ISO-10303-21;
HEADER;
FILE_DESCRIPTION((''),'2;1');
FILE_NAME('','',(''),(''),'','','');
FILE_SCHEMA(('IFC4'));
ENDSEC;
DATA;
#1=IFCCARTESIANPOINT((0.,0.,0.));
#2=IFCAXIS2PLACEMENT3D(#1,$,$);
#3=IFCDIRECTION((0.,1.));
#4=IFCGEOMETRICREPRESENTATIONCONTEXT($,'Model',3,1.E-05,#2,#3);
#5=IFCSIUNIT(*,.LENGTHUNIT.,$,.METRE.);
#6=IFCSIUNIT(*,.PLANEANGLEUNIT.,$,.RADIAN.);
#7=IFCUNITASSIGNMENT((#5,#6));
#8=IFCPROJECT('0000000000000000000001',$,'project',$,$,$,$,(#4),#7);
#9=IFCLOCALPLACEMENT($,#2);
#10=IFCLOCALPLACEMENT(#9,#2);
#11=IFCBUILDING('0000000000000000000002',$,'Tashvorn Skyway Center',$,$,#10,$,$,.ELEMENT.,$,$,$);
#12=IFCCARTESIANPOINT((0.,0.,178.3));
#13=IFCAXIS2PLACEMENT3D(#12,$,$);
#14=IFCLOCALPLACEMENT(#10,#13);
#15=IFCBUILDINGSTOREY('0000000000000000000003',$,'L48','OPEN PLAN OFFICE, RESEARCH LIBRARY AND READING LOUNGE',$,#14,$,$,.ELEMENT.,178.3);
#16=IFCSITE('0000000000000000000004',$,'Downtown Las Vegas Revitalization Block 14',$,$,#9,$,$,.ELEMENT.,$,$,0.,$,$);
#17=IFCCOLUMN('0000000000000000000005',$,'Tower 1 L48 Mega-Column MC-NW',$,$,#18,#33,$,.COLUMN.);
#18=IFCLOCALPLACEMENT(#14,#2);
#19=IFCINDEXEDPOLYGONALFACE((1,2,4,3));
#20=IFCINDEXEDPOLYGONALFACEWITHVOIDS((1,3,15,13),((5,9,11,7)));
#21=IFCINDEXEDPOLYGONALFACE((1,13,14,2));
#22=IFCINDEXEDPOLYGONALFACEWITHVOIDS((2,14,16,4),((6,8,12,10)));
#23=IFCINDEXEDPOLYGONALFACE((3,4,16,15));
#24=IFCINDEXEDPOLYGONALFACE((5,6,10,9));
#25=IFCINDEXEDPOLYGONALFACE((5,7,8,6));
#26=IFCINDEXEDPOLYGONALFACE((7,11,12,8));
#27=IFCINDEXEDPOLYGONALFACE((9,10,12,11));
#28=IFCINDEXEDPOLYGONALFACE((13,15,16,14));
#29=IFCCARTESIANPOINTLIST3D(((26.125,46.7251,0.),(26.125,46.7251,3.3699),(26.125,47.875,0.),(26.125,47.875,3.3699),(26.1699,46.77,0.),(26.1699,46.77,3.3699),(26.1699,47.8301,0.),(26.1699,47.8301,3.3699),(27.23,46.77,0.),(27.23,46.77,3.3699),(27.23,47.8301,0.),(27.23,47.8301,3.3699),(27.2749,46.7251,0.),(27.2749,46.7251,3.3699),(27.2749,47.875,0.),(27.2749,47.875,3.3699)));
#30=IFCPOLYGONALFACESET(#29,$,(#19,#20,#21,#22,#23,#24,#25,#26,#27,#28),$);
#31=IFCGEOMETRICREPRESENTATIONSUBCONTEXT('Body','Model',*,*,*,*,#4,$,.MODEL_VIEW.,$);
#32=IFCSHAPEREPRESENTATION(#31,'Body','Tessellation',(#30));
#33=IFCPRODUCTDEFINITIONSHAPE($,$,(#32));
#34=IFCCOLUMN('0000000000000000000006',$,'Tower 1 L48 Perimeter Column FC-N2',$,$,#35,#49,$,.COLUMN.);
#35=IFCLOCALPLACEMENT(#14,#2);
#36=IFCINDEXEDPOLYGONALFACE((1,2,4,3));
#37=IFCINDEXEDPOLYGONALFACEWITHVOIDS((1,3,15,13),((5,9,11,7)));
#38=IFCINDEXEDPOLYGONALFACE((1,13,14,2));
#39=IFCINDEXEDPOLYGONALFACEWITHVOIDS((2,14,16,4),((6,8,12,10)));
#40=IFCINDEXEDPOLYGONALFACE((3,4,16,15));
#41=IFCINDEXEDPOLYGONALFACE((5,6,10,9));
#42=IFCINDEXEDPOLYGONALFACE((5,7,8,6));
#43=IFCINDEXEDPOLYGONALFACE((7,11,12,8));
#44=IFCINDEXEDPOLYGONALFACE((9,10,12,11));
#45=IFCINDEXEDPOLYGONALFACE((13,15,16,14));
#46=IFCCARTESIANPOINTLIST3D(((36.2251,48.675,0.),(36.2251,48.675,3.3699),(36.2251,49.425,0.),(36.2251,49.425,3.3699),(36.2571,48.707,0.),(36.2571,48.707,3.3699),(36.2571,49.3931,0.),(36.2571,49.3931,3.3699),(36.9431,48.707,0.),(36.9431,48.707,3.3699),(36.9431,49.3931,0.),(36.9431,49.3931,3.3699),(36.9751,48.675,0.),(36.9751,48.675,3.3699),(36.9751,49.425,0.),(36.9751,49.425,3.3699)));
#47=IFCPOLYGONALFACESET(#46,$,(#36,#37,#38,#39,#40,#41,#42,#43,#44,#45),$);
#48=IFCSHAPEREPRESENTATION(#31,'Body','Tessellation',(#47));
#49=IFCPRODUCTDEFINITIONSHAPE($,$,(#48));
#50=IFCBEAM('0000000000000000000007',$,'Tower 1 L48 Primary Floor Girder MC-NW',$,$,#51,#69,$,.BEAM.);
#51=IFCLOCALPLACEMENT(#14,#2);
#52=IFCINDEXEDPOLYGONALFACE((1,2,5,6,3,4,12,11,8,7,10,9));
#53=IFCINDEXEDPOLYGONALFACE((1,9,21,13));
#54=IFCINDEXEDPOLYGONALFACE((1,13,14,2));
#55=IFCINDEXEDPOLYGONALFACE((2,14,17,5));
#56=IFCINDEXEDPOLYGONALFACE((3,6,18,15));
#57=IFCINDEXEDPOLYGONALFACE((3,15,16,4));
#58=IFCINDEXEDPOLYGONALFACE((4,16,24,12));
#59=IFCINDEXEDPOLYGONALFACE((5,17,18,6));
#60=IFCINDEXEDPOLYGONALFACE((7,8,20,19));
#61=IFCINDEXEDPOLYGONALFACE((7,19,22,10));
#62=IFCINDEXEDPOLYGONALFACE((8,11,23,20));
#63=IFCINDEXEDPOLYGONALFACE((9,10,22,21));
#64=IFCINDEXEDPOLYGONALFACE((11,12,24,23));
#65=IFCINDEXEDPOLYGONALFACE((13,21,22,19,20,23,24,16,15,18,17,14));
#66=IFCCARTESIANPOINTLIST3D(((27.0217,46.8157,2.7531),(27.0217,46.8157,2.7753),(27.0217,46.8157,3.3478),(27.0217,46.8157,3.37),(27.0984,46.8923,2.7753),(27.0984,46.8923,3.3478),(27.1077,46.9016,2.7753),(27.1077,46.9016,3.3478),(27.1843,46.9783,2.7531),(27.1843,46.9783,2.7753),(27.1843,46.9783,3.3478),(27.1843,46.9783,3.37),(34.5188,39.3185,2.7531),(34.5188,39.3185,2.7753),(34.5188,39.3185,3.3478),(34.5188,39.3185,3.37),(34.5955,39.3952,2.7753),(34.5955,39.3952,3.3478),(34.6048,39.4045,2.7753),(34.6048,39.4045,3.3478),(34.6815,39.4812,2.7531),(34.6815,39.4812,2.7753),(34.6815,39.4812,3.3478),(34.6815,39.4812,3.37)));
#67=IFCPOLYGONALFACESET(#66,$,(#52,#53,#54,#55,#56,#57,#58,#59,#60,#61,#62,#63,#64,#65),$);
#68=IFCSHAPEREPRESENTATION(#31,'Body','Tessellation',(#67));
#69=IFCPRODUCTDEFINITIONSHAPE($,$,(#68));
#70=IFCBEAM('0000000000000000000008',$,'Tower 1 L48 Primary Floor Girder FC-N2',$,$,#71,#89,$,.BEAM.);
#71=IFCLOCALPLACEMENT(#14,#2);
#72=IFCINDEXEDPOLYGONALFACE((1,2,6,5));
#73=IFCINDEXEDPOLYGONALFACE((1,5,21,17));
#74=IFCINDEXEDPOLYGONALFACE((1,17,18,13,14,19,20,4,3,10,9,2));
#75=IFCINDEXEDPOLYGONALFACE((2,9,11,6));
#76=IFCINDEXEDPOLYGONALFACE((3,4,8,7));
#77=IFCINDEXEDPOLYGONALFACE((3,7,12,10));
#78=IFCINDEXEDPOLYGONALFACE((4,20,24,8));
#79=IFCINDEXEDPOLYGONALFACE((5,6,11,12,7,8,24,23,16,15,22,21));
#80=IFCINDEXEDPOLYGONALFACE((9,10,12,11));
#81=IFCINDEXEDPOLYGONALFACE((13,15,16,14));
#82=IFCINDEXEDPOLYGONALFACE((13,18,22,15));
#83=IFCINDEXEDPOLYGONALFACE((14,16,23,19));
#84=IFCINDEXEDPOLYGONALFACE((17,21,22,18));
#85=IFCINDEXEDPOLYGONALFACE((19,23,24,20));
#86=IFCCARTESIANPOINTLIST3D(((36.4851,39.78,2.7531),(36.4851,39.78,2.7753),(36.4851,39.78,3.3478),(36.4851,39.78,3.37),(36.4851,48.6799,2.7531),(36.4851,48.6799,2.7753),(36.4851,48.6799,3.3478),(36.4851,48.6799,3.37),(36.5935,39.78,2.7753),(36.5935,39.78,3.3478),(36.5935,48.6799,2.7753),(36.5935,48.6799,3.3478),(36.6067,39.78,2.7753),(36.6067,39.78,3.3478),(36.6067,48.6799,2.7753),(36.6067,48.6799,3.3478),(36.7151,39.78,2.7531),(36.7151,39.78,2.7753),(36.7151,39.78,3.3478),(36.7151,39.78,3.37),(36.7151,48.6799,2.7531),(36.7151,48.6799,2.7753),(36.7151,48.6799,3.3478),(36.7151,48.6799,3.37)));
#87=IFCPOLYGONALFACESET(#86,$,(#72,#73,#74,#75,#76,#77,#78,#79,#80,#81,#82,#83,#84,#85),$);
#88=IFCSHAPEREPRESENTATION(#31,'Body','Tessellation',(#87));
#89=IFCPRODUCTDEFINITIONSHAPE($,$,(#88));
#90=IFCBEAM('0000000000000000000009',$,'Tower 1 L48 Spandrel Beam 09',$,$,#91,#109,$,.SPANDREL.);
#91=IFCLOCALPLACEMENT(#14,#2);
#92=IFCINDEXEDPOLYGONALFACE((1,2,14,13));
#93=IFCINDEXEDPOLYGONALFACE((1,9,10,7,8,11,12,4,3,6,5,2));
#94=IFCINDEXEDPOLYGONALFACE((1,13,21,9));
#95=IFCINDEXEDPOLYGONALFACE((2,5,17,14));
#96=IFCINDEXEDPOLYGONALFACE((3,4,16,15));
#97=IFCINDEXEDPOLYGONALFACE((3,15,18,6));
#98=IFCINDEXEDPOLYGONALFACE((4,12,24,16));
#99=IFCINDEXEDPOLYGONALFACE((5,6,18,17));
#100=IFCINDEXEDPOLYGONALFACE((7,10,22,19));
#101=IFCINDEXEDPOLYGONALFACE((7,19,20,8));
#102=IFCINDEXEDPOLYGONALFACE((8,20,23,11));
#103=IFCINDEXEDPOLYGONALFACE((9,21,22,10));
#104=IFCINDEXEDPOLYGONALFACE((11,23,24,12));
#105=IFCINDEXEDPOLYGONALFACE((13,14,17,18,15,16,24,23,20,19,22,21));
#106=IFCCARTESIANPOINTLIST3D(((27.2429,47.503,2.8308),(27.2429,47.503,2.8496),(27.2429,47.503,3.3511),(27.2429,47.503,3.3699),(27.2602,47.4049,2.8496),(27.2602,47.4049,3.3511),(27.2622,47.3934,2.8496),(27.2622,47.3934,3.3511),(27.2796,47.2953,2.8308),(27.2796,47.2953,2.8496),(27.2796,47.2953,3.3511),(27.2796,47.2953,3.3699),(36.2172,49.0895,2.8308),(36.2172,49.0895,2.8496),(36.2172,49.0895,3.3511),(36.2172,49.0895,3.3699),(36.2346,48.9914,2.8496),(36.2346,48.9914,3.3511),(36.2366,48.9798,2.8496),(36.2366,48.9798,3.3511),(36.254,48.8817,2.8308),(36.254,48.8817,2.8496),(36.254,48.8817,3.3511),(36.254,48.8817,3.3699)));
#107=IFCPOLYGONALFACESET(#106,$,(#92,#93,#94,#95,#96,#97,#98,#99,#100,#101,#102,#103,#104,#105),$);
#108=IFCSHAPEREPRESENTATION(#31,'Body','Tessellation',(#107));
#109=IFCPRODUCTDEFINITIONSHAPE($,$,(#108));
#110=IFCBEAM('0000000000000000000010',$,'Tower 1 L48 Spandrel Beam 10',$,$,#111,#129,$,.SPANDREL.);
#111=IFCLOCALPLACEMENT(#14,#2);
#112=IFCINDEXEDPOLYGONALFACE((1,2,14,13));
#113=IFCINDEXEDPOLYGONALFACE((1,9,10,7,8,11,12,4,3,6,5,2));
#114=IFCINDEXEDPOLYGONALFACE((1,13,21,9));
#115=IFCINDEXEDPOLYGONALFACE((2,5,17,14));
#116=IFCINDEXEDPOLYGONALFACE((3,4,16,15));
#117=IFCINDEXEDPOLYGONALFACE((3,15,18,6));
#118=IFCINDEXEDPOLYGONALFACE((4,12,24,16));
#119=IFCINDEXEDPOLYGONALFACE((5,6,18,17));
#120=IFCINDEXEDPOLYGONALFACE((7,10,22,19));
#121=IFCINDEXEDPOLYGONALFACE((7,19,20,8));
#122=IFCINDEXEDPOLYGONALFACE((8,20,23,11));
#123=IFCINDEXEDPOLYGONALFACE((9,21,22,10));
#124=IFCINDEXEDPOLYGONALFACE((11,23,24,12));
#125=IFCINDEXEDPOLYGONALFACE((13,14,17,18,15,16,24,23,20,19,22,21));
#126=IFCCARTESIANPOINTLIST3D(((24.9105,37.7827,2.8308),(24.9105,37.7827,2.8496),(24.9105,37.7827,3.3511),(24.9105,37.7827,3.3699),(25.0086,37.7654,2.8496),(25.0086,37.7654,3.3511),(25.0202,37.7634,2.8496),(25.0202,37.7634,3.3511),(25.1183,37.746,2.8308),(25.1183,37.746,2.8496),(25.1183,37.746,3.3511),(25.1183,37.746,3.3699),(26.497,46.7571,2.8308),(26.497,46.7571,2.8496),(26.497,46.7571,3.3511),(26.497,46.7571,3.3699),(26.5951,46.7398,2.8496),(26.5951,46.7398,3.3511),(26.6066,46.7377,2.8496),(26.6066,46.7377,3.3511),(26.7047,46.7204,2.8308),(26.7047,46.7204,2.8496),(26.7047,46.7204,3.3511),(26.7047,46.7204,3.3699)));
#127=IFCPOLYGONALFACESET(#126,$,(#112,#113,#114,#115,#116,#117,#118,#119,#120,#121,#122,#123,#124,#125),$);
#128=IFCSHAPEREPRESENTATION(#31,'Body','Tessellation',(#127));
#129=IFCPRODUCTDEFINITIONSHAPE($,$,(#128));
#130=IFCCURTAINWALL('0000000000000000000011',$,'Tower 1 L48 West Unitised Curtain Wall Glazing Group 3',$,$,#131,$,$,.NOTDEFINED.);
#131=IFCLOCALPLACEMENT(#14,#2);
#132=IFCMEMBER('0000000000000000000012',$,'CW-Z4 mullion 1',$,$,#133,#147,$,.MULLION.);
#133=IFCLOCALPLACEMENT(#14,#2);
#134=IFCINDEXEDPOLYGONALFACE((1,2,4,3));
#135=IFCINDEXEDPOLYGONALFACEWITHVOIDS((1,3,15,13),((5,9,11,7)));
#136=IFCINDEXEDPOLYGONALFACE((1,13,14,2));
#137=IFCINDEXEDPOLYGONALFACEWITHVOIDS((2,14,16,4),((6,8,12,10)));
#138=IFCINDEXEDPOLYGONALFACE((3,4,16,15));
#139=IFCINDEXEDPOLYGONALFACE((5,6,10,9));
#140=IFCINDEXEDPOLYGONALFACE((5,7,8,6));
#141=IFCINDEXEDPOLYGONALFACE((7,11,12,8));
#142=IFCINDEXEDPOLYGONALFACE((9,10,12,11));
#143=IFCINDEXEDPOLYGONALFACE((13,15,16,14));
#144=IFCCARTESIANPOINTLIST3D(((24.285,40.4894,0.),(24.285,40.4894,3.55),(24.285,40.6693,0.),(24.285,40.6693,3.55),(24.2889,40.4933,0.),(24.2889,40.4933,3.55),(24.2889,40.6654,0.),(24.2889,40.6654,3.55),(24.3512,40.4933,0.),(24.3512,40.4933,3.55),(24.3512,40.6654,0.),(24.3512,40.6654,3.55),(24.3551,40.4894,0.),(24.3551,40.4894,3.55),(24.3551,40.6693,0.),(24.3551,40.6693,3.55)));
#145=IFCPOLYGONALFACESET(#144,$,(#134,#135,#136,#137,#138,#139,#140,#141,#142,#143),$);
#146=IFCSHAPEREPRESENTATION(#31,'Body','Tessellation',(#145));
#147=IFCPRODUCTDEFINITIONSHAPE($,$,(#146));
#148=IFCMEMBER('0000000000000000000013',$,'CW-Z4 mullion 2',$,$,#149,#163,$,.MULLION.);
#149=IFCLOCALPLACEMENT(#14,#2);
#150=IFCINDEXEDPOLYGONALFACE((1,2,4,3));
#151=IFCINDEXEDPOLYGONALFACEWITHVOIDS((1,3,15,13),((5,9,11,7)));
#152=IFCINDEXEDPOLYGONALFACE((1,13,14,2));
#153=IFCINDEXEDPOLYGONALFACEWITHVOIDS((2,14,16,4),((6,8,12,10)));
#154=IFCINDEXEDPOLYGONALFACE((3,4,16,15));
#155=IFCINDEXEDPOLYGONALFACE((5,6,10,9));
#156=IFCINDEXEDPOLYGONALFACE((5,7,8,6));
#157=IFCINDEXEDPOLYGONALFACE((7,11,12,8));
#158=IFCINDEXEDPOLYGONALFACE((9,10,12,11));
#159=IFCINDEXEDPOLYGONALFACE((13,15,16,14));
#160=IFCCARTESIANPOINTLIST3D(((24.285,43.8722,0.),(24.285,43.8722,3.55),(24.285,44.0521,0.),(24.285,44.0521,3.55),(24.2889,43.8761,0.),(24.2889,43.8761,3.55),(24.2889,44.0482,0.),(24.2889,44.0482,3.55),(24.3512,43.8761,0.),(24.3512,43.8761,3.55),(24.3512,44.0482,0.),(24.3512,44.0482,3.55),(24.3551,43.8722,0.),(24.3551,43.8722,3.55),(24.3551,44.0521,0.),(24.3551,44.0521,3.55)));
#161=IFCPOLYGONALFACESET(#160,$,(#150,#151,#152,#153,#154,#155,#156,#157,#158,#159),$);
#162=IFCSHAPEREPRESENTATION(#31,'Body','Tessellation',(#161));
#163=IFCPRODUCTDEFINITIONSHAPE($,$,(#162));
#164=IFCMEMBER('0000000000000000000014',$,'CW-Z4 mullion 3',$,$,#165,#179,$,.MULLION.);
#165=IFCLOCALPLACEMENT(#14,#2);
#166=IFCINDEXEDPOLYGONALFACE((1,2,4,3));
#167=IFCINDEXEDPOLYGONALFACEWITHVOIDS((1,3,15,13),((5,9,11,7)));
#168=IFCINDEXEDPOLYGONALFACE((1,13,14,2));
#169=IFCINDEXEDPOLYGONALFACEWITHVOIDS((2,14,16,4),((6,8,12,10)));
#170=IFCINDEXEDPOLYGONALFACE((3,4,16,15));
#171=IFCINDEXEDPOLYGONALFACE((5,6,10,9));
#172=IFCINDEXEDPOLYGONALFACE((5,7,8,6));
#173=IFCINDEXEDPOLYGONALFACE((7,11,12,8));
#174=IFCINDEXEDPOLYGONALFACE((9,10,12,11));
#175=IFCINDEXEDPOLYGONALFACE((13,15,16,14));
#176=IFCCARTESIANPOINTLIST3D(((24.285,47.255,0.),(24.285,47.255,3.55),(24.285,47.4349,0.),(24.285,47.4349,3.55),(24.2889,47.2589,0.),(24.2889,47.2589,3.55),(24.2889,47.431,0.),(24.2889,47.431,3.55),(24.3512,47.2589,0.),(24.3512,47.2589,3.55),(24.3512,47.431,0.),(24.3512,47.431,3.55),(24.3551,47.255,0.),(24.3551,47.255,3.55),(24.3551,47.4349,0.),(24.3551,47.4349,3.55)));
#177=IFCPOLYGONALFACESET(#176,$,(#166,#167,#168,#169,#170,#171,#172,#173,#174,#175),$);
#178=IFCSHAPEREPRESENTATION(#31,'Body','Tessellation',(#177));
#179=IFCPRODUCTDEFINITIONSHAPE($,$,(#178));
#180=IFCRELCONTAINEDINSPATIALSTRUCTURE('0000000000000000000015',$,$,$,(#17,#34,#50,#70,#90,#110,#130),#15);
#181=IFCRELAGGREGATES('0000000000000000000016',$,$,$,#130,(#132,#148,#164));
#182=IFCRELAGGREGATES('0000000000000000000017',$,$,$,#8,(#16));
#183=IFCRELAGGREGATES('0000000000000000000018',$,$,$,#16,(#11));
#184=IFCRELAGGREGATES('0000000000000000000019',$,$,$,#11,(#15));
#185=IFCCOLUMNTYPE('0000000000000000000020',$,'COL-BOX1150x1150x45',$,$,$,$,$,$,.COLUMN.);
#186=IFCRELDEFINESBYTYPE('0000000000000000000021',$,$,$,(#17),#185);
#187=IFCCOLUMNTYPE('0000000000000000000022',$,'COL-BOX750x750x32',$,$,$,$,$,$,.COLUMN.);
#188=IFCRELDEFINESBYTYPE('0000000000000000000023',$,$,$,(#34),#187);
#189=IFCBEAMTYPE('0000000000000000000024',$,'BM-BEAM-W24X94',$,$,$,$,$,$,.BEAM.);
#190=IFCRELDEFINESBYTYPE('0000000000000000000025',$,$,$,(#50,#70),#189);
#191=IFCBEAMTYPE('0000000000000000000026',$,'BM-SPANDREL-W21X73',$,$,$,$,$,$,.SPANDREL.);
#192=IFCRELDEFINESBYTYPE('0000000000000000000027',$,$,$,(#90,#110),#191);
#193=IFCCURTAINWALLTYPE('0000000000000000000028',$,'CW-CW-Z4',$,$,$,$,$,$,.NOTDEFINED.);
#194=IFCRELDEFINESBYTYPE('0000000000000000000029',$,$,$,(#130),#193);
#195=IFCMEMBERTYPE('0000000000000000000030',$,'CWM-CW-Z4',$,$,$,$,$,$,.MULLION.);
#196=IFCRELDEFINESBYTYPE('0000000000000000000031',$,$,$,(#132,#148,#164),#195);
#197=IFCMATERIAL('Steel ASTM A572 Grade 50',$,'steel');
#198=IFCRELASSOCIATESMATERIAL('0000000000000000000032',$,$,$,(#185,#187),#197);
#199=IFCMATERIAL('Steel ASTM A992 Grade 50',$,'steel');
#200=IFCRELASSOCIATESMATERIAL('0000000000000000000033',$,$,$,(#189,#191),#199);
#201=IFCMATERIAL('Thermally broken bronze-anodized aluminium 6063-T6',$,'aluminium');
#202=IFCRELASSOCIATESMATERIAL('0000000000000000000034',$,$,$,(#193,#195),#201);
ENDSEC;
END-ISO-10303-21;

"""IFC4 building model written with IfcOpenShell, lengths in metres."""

from ifc_helpers import new_model, si_unit, direction, frame, origin, origin_2d, place, context, subcontext, project, spatial, hollow_rectangle, i_section, extrude, material, material_profile, profile_set, type_object, element, aggregate, save


model = new_model("IFC4")

# Units and contexts
model_context = context("Model", 3, precision=1e-05, world=origin(), true_north=direction((0.0, 1.0)))
body_context = subcontext(model_context, "Body", "Model", "MODEL_VIEW")
ifc_project = project(units=[si_unit("LENGTHUNIT", "METRE"), si_unit("PLANEANGLEUNIT", "RADIAN")], contexts=[model_context])

# Site, building, storey
site_placement = place(None, origin())
site = spatial("IfcSite", under=ifc_project, at=site_placement, Name="Downtown Las Vegas Revitalization Block 14", CompositionType="ELEMENT", RefElevation=0.0)
building_placement = place(site_placement, origin())
building = spatial("IfcBuilding", under=site, at=building_placement, Name="Tashvorn Skyway Center", CompositionType="ELEMENT")
storey_placement = place(building_placement, frame((0.0, 0.0, 178.3)))
storey = spatial("IfcBuildingStorey", under=building, at=storey_placement, Name="L48", Description="OPEN PLAN OFFICE, RESEARCH LIBRARY AND READING LOUNGE", CompositionType="ELEMENT", Elevation=178.3)

# Columns
ifc_material_1 = material(Name="Steel ASTM A572 Grade 50", Category="steel")
ifc_material_profile_1 = material_profile(ifc_material_1, hollow_rectangle(XDim=1.1499, YDim=1.1499, WallThickness=0.0449, at=origin_2d()), Name="BOX1150x1150x45")
ifc_profile_set_1 = profile_set([ifc_material_profile_1], Name="Steel ASTM A572 Grade 50")
column_type_1 = type_object("IfcColumnType", Name="COL-BOX1150x1150x45", PredefinedType="COLUMN", material=ifc_profile_set_1)
column_1_placement = place(storey_placement, frame((26.7, 47.3, 0.0), z_axis=(0.0, 0.0, 1.0), x_axis=(1.0, 0.0, 0.0)))
element("IfcColumn", 1, at=column_1_placement, inside=storey, type_object=column_type_1, Name="Tower 1 L48 Mega-Column MC-NW", PredefinedType="COLUMN", context=body_context, shape_type="SweptSolid", body=[
    extrude(hollow_rectangle(XDim=1.1499, YDim=1.1499, WallThickness=0.0449, at=origin_2d()), origin(), (0.0, 0.0, 1.0), 3.3699),
])
ifc_material_profile_2 = material_profile(ifc_material_1, hollow_rectangle(XDim=0.75, YDim=0.75, WallThickness=0.032, at=origin_2d()), Name="BOX750x750x32")
ifc_profile_set_2 = profile_set([ifc_material_profile_2], Name="Steel ASTM A572 Grade 50")
column_type_2 = type_object("IfcColumnType", Name="COL-BOX750x750x32", PredefinedType="COLUMN", material=ifc_profile_set_2)
column_2_placement = place(storey_placement, frame((36.6001, 49.05, 0.0), z_axis=(0.0, 0.0, 1.0), x_axis=(1.0, 0.0, 0.0)))
element("IfcColumn", 2, at=column_2_placement, inside=storey, type_object=column_type_2, Name="Tower 1 L48 Perimeter Column FC-N2", PredefinedType="COLUMN", context=body_context, shape_type="SweptSolid", body=[
    extrude(hollow_rectangle(XDim=0.75, YDim=0.75, WallThickness=0.032, at=origin_2d()), origin(), (0.0, 0.0, 1.0), 3.3699),
])

# Beams
ifc_material_2 = material(Name="Steel ASTM A992 Grade 50", Category="steel")
ifc_material_profile_3 = material_profile(ifc_material_2, i_section(OverallWidth=0.23, OverallDepth=0.6169, WebThickness=0.0132, FlangeThickness=0.0222, at=origin_2d()), Name="W24X94")
ifc_profile_set_3 = profile_set([ifc_material_profile_3], Name="Steel ASTM A992 Grade 50")
beam_type_1 = type_object("IfcBeamType", Name="BM-BEAM-W24X94", PredefinedType="BEAM", material=ifc_profile_set_3)
beam_1_placement = place(storey_placement, frame((27.103, 46.897, 3.0615), z_axis=(0.707107, -0.707107, 0.0), x_axis=(0.707107, 0.707107, 0.0)))
element("IfcBeam", 3, at=beam_1_placement, inside=storey, type_object=beam_type_1, Name="Tower 1 L48 Primary Floor Girder MC-NW", PredefinedType="BEAM", context=body_context, shape_type="SweptSolid", body=[
    extrude(i_section(OverallWidth=0.23, OverallDepth=0.6169, WebThickness=0.0132, FlangeThickness=0.0222, at=origin_2d()), origin(), (0.0, 0.0, 1.0), 10.6025),
])
beam_2_placement = place(storey_placement, frame((36.6001, 48.6799, 3.0615), z_axis=(0.0, -1.0, 0.0), x_axis=(1.0, 0.0, 0.0)))
element("IfcBeam", 4, at=beam_2_placement, inside=storey, type_object=beam_type_1, Name="Tower 1 L48 Primary Floor Girder FC-N2", PredefinedType="BEAM", context=body_context, shape_type="SweptSolid", body=[
    extrude(i_section(OverallWidth=0.23, OverallDepth=0.6169, WebThickness=0.0132, FlangeThickness=0.0222, at=origin_2d()), origin(), (0.0, 0.0, 1.0), 8.8999),
])
ifc_material_profile_4 = material_profile(ifc_material_2, i_section(OverallWidth=0.2109, OverallDepth=0.5391, WebThickness=0.0117, FlangeThickness=0.0188, at=origin_2d()), Name="W21X73")
ifc_profile_set_4 = profile_set([ifc_material_profile_4], Name="Steel ASTM A992 Grade 50")
beam_type_2 = type_object("IfcBeamType", Name="BM-SPANDREL-W21X73", PredefinedType="SPANDREL", material=ifc_profile_set_4)
for number, where, z_axis, x_axis, name in (
    (5, (36.2356, 48.9856, 3.1003), (-0.984733, -0.174074, 0.0), (0.174074, -0.984733, 0.0), "Tower 1 L48 Spandrel Beam 09"),
    (6, (26.6008, 46.7388, 3.1003), (-0.174074, -0.984733, 0.0), (0.984733, -0.174074, 0.0), "Tower 1 L48 Spandrel Beam 10"),
):
    element("IfcBeam", number, at=place(storey_placement, frame(where, z_axis=z_axis, x_axis=x_axis)), inside=storey, type_object=beam_type_2, Name=name, PredefinedType="SPANDREL", context=body_context, shape_type="SweptSolid", body=[
        extrude(i_section(OverallWidth=0.2109, OverallDepth=0.5391, WebThickness=0.0117, FlangeThickness=0.0188, at=origin_2d()), origin(), (0.0, 0.0, 1.0), 9.1135),
    ])

# Curtain wall, members
ifc_material_3 = material(Name="Thermally broken bronze-anodized aluminium 6063-T6", Category="aluminium")
curtain_wall_type = type_object("IfcCurtainWallType", Name="CW-CW-Z4", PredefinedType="NOTDEFINED", material=ifc_material_3)
curtain_wall_1_placement = place(storey_placement, origin())
curtain_wall_1 = element("IfcCurtainWall", 7, at=curtain_wall_1_placement, inside=storey, type_object=curtain_wall_type, Name="Tower 1 L48 West Unitised Curtain Wall Glazing Group 3", PredefinedType="NOTDEFINED")
ifc_material_profile_5 = material_profile(ifc_material_3, hollow_rectangle(XDim=0.0701, YDim=0.1799, WallThickness=0.0039, at=origin_2d()), Name="ALU-MULL-70x180")
ifc_profile_set_5 = profile_set([ifc_material_profile_5], Name="Thermally broken bronze-anodized aluminium 6063-T6")
member_type_1 = type_object("IfcMemberType", Name="CWM-CW-Z4", PredefinedType="MULLION", material=ifc_profile_set_5)
member_1_placement = place(storey_placement, frame((24.3201, 40.5793, 0.0), z_axis=(0.0, 0.0, 1.0), x_axis=(-1.0, 0.0, 0.0)))
member_1 = element("IfcMember", 8, at=member_1_placement, type_object=member_type_1, Name="CW-Z4 mullion 1", PredefinedType="MULLION", context=body_context, shape_type="SweptSolid", body=[
    extrude(hollow_rectangle(XDim=0.0701, YDim=0.1799, WallThickness=0.0039, at=origin_2d()), origin(), (0.0, 0.0, 1.0), 3.55),
])
member_2_placement = place(storey_placement, frame((24.3201, 43.9622, 0.0), z_axis=(0.0, 0.0, 1.0), x_axis=(-1.0, 0.0, 0.0)))
member_2 = element("IfcMember", 9, at=member_2_placement, type_object=member_type_1, Name="CW-Z4 mullion 2", PredefinedType="MULLION", context=body_context, shape_type="SweptSolid", body=[
    extrude(hollow_rectangle(XDim=0.0701, YDim=0.1799, WallThickness=0.0039, at=origin_2d()), origin(), (0.0, 0.0, 1.0), 3.55),
])
member_3_placement = place(storey_placement, frame((24.3201, 47.345, 0.0), z_axis=(0.0, 0.0, 1.0), x_axis=(-1.0, 0.0, 0.0)))
member_3 = element("IfcMember", 10, at=member_3_placement, type_object=member_type_1, Name="CW-Z4 mullion 3", PredefinedType="MULLION", context=body_context, shape_type="SweptSolid", body=[
    extrude(hollow_rectangle(XDim=0.0701, YDim=0.1799, WallThickness=0.0039, at=origin_2d()), origin(), (0.0, 0.0, 1.0), 3.55),
])

aggregate(curtain_wall_1, [member_1, member_2, member_3])

save(model, "model.ifc")
